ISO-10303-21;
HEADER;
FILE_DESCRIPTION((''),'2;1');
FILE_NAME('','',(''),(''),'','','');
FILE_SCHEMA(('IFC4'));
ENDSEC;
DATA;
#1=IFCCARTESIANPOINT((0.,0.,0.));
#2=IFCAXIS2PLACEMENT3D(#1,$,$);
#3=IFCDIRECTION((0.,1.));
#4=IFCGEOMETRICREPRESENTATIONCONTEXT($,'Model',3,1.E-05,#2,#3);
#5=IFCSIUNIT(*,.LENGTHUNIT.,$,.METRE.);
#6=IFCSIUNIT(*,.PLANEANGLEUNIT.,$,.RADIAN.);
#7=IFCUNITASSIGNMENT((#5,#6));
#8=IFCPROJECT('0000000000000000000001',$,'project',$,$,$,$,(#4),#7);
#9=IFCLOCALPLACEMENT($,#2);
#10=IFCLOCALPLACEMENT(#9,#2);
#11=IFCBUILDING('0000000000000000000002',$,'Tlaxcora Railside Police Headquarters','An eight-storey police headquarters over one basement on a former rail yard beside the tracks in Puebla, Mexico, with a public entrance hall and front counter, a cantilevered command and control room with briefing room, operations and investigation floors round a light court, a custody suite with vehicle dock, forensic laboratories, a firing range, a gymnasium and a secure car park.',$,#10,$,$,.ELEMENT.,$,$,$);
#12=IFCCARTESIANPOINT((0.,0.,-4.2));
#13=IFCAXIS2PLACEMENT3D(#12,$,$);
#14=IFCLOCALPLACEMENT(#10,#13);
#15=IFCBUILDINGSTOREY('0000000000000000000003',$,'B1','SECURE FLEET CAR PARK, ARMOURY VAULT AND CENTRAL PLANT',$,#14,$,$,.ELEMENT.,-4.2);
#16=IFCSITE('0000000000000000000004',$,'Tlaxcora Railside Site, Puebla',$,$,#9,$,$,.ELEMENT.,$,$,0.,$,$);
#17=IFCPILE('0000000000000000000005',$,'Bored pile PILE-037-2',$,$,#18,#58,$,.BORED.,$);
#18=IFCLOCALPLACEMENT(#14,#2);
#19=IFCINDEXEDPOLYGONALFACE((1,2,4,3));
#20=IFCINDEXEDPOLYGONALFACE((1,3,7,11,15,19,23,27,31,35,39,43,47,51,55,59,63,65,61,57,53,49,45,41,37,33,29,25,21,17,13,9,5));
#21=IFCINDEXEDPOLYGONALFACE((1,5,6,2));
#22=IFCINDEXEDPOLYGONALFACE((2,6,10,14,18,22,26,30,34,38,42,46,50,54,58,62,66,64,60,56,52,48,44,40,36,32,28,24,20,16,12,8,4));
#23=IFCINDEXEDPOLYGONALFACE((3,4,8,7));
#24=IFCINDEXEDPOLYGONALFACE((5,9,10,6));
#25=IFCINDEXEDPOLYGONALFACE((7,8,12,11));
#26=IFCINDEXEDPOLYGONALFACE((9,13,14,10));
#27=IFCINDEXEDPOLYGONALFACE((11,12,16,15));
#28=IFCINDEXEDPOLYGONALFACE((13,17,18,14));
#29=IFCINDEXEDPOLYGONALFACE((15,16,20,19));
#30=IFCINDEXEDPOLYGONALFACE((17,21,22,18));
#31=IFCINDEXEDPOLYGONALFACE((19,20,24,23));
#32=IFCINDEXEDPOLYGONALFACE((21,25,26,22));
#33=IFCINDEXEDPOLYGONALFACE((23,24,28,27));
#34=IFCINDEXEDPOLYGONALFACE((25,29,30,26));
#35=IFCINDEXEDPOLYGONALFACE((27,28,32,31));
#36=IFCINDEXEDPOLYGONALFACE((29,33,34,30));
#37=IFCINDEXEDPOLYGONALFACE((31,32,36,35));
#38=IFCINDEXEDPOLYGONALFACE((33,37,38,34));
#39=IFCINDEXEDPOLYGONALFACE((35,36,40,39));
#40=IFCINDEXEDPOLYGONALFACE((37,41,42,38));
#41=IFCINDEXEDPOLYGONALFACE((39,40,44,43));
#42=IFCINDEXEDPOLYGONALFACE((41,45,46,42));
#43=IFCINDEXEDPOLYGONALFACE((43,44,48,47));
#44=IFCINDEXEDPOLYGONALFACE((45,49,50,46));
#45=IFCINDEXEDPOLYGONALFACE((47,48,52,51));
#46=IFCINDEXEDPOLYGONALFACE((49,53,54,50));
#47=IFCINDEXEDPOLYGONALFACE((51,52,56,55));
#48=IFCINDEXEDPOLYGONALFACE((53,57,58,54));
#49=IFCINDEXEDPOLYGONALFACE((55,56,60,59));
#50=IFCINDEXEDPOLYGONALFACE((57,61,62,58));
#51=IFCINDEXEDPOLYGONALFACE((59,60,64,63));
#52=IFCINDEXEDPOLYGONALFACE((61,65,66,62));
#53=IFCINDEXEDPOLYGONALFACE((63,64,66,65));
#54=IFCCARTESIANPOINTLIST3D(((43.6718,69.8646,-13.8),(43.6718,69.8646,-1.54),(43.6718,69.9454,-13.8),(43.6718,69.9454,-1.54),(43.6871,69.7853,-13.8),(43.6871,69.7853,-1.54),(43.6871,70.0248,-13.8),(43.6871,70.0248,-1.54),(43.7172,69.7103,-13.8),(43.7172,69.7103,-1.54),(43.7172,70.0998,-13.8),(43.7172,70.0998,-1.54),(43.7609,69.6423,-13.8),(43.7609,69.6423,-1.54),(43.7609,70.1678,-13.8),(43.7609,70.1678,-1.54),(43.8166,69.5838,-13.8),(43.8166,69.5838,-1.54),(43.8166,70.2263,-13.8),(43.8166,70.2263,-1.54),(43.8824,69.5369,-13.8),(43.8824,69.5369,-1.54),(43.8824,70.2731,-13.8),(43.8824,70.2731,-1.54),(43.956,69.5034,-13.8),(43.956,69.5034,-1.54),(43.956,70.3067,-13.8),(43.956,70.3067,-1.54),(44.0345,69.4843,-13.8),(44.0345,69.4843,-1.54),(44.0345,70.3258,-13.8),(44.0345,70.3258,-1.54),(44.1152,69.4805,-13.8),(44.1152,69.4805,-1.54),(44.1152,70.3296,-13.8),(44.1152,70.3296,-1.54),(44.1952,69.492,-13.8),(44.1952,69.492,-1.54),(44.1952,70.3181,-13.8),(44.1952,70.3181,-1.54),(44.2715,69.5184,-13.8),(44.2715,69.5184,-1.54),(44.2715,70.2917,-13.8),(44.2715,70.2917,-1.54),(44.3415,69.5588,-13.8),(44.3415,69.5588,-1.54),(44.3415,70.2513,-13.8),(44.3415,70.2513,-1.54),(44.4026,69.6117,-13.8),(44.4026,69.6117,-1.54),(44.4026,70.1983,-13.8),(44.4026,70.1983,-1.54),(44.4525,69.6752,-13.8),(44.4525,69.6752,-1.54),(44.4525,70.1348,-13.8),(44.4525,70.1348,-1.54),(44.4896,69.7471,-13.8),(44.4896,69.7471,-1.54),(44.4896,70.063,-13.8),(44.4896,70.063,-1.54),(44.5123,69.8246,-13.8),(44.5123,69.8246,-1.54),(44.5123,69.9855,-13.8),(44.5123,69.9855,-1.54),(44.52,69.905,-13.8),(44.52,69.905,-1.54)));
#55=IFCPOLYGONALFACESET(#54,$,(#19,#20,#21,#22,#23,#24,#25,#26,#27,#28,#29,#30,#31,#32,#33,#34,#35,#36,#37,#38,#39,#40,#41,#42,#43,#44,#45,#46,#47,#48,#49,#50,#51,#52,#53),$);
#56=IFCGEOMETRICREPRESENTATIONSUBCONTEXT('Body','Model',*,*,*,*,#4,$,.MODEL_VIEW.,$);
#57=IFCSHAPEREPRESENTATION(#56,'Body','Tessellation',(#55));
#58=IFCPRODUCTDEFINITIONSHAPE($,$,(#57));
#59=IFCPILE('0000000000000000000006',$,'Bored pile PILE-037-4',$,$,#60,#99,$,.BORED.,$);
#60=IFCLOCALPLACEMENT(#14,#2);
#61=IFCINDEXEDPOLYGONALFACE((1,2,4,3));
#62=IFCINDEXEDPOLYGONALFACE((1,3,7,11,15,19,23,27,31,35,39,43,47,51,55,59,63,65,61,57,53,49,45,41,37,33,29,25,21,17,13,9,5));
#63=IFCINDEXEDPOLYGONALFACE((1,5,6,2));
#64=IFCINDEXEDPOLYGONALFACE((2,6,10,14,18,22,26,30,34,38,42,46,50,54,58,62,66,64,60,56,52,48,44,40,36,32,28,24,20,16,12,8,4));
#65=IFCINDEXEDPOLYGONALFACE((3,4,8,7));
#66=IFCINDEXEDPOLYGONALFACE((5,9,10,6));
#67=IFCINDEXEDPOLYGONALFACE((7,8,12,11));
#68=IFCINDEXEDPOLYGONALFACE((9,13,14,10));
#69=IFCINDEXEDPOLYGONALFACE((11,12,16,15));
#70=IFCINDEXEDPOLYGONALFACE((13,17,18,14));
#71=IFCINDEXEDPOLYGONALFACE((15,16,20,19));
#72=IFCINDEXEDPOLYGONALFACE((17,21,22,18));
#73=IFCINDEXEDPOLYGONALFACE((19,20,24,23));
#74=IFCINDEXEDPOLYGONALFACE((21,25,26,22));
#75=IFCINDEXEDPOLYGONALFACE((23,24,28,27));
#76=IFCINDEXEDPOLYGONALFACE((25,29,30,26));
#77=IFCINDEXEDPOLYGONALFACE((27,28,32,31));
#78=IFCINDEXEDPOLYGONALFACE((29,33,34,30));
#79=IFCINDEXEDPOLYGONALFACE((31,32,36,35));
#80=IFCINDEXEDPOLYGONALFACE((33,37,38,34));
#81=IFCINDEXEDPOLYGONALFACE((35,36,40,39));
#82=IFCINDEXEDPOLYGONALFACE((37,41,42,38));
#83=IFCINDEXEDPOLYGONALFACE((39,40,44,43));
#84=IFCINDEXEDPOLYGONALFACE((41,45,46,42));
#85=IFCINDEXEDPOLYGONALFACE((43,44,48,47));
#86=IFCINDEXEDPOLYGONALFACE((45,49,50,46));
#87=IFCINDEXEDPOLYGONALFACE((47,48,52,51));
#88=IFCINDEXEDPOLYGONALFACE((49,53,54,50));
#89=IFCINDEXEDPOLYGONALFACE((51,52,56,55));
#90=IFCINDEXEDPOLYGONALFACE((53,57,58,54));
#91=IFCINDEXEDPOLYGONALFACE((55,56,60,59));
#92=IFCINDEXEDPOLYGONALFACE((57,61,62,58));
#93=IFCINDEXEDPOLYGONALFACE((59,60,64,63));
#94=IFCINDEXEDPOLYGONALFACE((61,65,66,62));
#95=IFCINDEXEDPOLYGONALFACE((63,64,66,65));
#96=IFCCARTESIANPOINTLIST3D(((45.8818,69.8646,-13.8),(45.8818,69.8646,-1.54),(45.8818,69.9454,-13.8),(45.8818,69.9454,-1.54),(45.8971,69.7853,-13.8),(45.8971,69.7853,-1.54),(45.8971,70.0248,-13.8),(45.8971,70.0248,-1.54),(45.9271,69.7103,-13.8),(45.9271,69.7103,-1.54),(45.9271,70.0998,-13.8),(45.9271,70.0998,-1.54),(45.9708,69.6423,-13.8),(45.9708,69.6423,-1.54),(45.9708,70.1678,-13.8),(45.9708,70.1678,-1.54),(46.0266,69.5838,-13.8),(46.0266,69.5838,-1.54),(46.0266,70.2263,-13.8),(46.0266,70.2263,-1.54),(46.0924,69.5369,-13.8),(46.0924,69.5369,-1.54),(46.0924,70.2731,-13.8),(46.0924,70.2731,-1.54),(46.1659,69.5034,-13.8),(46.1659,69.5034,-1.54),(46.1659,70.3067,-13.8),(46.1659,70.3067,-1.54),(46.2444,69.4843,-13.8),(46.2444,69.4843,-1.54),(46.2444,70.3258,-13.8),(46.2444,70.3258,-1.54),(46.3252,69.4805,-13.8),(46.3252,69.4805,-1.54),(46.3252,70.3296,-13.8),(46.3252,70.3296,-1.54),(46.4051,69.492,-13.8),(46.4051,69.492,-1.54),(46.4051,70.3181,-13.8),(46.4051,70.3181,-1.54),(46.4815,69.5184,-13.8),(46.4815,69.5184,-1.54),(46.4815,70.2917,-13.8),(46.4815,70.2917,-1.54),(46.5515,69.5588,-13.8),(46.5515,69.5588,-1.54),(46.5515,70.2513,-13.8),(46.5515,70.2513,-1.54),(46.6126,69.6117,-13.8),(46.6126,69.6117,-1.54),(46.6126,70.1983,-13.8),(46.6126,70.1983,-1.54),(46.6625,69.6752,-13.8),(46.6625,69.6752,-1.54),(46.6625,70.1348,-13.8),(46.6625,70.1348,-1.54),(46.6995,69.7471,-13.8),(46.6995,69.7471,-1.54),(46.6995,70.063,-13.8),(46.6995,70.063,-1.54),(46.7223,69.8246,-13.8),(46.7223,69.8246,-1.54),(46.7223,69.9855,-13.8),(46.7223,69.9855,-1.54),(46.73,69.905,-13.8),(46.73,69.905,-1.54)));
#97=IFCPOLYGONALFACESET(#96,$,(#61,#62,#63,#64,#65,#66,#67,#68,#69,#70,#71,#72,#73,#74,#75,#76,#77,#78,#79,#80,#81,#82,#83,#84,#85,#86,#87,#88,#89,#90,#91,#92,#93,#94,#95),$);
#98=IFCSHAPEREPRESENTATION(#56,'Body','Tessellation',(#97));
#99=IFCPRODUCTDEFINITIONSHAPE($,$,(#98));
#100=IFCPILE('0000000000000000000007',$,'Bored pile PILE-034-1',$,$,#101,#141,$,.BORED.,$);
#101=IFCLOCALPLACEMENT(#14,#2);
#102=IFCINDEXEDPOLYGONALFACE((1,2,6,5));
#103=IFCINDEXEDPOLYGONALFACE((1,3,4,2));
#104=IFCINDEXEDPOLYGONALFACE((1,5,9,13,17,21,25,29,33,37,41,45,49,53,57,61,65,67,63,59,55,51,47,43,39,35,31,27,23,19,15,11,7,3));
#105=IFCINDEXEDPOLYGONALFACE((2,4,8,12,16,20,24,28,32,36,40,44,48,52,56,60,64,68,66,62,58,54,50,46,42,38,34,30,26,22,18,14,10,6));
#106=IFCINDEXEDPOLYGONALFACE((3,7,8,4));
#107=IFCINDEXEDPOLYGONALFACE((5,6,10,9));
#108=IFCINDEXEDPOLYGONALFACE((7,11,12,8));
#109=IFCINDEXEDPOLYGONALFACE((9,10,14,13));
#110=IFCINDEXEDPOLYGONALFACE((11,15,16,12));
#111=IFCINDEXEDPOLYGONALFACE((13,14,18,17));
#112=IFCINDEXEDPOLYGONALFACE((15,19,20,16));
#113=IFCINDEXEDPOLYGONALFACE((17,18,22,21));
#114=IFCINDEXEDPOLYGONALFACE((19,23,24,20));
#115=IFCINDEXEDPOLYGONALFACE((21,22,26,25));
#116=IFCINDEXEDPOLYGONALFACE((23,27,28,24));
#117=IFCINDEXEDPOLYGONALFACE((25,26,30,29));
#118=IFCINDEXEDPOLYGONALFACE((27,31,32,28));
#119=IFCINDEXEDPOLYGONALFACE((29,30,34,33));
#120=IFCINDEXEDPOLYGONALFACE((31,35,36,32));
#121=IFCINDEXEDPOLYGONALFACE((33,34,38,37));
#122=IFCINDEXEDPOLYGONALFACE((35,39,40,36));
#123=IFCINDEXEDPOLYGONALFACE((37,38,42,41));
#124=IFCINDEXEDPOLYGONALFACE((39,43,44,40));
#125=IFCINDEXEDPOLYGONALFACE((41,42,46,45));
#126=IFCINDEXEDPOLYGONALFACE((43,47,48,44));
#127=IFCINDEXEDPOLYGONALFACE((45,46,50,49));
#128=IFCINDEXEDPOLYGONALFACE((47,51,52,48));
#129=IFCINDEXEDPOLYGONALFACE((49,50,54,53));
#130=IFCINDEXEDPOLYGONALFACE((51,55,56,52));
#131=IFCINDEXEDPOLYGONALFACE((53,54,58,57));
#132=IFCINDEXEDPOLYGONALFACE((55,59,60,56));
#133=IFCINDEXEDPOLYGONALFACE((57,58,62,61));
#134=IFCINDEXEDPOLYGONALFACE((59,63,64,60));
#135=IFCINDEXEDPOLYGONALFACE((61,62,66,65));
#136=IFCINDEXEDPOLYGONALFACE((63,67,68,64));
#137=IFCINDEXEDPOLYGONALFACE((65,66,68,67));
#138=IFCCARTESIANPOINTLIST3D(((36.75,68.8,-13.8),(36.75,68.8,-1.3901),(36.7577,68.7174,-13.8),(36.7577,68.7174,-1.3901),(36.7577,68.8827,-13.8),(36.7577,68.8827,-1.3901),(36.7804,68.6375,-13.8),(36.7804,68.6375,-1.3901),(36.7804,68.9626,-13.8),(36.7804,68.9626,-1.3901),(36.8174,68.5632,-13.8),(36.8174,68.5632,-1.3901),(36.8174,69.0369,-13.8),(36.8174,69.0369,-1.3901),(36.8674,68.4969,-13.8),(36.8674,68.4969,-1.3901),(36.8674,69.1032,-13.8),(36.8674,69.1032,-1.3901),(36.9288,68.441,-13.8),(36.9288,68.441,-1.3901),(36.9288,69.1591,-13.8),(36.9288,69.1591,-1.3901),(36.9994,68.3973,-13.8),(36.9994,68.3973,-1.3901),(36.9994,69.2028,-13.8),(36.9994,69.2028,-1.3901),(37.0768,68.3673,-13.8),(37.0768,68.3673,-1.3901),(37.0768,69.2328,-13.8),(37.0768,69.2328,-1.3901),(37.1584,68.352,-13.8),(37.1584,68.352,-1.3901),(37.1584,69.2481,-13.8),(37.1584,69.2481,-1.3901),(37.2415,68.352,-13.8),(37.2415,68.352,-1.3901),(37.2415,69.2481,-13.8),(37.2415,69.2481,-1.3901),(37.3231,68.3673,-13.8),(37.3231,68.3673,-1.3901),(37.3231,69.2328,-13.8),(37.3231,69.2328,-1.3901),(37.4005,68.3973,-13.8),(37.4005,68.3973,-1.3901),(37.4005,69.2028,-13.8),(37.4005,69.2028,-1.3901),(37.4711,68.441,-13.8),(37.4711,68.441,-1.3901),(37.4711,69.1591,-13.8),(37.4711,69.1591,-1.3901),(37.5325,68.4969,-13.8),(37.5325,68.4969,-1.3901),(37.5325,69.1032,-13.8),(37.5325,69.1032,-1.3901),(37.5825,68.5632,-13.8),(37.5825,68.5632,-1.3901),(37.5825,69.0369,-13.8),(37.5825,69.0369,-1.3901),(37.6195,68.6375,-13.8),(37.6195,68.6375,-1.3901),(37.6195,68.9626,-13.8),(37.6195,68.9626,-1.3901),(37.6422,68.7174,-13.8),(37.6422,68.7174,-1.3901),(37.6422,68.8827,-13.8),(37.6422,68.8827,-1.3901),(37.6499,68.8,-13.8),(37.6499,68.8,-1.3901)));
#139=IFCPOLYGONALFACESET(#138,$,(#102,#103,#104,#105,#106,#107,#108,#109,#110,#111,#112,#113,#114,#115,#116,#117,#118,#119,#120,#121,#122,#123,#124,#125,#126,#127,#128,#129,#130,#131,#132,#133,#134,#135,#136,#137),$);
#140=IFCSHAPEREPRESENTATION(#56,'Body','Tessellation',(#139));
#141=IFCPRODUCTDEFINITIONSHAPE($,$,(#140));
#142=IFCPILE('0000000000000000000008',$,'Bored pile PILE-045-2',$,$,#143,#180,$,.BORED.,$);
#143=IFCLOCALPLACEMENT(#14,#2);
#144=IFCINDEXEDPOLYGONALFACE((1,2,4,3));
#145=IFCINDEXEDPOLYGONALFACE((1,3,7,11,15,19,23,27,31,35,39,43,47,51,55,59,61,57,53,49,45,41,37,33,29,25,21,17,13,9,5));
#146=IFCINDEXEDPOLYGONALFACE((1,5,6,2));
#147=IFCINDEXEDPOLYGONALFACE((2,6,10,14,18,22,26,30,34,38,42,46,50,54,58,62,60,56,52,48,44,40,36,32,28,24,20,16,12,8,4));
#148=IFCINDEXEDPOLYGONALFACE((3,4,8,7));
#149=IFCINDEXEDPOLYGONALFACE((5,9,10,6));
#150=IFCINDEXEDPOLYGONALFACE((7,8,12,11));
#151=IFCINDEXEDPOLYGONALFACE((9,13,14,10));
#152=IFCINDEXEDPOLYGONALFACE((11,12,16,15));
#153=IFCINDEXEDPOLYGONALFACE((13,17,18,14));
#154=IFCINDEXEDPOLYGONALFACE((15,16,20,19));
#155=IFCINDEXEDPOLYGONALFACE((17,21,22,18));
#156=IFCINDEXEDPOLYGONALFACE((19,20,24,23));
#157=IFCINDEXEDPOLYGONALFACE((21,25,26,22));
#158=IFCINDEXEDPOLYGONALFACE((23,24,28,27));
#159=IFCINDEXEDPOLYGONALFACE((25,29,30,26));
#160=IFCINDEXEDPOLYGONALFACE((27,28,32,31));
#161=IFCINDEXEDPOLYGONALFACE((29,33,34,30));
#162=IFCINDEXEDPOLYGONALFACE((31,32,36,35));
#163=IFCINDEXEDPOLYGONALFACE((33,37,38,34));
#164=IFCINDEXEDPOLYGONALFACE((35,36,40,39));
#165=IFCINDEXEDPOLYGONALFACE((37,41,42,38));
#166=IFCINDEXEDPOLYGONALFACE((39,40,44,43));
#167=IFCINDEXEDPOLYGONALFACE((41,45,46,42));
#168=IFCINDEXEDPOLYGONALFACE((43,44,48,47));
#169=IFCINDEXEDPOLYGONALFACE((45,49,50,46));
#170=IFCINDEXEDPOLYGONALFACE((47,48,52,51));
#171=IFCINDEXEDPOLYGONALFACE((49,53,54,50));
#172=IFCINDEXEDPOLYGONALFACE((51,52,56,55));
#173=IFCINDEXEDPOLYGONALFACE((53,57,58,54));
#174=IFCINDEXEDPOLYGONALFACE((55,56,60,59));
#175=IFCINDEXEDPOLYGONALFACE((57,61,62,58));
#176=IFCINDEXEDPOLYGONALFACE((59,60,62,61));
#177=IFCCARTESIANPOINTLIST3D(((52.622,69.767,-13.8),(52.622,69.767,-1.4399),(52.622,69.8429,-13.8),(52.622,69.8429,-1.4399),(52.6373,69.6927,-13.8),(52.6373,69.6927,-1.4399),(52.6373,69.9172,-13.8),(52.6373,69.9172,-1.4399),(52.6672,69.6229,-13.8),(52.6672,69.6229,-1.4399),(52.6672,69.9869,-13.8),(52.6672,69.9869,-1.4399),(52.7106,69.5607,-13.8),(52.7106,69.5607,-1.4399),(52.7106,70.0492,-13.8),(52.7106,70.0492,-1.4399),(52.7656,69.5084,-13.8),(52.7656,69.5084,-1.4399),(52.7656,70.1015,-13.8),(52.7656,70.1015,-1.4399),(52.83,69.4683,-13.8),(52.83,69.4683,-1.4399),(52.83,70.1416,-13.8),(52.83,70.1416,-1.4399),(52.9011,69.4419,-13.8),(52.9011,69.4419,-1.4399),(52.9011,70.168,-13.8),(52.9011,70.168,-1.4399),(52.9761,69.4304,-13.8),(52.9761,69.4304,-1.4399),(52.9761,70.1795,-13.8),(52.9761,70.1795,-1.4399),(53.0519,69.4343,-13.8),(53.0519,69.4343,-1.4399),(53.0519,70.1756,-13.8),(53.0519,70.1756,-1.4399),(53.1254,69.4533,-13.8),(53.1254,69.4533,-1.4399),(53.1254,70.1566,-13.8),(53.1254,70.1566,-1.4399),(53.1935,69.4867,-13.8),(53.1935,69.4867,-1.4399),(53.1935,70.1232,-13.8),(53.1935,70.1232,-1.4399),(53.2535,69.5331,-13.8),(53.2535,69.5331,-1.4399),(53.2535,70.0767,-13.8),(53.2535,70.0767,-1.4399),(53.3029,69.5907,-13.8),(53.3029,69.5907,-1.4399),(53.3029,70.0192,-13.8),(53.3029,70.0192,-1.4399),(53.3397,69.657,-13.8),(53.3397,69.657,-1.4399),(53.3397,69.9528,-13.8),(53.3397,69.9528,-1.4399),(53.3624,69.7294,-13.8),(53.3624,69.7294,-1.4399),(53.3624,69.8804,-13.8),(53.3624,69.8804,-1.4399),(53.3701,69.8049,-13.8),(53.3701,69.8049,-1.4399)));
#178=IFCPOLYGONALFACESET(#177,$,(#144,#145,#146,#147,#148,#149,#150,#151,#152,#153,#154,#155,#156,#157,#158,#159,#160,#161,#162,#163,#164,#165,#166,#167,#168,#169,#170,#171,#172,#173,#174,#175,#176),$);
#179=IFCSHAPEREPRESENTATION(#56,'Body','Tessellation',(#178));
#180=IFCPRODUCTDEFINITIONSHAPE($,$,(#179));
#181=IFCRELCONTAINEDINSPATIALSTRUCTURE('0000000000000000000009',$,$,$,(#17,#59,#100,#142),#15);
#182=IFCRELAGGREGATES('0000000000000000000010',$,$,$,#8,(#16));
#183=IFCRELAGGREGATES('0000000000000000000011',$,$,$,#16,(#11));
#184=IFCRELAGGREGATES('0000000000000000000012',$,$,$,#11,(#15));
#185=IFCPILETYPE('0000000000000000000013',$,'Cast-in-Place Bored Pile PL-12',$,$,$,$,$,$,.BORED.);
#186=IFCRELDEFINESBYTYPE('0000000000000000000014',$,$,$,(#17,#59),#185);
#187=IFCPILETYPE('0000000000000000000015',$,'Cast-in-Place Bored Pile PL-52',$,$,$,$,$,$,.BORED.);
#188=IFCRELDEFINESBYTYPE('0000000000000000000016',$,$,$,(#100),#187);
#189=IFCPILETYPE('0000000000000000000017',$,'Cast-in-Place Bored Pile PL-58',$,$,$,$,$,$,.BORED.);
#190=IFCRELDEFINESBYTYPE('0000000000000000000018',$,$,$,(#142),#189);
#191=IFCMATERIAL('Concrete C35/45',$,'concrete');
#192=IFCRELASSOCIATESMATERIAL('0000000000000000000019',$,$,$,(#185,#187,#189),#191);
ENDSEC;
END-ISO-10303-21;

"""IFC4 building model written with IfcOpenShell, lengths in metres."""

from ifc_helpers import new_model, si_unit, direction, frame, origin, origin_2d, place, context, subcontext, project, spatial, circle, extrude, material, material_profile, profile_set, type_object, element, save


model = new_model("IFC4")

# Units and contexts
model_context = context("Model", 3, precision=1e-05, world=origin(), true_north=direction((0.0, 1.0)))
body_context = subcontext(model_context, "Body", "Model", "MODEL_VIEW")
ifc_project = project(units=[si_unit("LENGTHUNIT", "METRE"), si_unit("PLANEANGLEUNIT", "RADIAN")], contexts=[model_context])

# Site, building, storey
site_placement = place(None, origin())
site = spatial("IfcSite", under=ifc_project, at=site_placement, Name="Tlaxcora Railside Site, Puebla", CompositionType="ELEMENT", RefElevation=0.0)
building_placement = place(site_placement, origin())
building = spatial("IfcBuilding", under=site, at=building_placement, Name="Tlaxcora Railside Police Headquarters", Description="An eight-storey police headquarters over one basement on a former rail yard beside the tracks in Puebla, Mexico, with a public entrance hall and front counter, a cantilevered command and control room with briefing room, operations and investigation floors round a light court, a custody suite with vehicle dock, forensic laboratories, a firing range, a gymnasium and a secure car park.", CompositionType="ELEMENT")
storey_placement = place(building_placement, frame((0.0, 0.0, -4.2)))
storey = spatial("IfcBuildingStorey", under=building, at=storey_placement, Name="B1", Description="SECURE FLEET CAR PARK, ARMOURY VAULT AND CENTRAL PLANT", CompositionType="ELEMENT", Elevation=-4.2)

# Piles
ifc_material_1 = material(Name="Concrete C35/45", Category="concrete")
ifc_material_profile_1 = material_profile(ifc_material_1, circle(Radius=0.425, at=origin_2d()), Name="PILE850")
ifc_profile_set_1 = profile_set([ifc_material_profile_1], Name="Concrete C35/45")
pile_type_1 = type_object("IfcPileType", Name="Cast-in-Place Bored Pile PL-12", PredefinedType="BORED", material=ifc_profile_set_1)
for number, where, z_axis, x_axis, name in (
    (1, (44.095, 69.905, -1.54), (0.0, 0.0, -1.0), (1.0, 0.0, 0.0), "Bored pile PILE-037-2"),
    (2, (46.3049, 69.905, -1.54), (0.0, 0.0, -1.0), (1.0, 0.0, 0.0), "Bored pile PILE-037-4"),
):
    element("IfcPile", number, at=place(storey_placement, frame(where, z_axis=z_axis, x_axis=x_axis)), inside=storey, type_object=pile_type_1, Name=name, PredefinedType="BORED", context=body_context, shape_type="SweptSolid", body=[
        extrude(circle(Radius=0.425, at=origin_2d()), origin(), (0.0, 0.0, 1.0), 12.26),
    ])
ifc_material_profile_2 = material_profile(ifc_material_1, circle(Radius=0.45, at=origin_2d()), Name="PILE900")
ifc_profile_set_2 = profile_set([ifc_material_profile_2], Name="Concrete C35/45")
pile_type_2 = type_object("IfcPileType", Name="Cast-in-Place Bored Pile PL-52", PredefinedType="BORED", material=ifc_profile_set_2)
pile_1_placement = place(storey_placement, frame((37.2, 68.8, -1.3901), z_axis=(0.0, 0.0, -1.0), x_axis=(1.0, 0.0, 0.0)))
element("IfcPile", 3, at=pile_1_placement, inside=storey, type_object=pile_type_2, Name="Bored pile PILE-034-1", PredefinedType="BORED", context=body_context, shape_type="SweptSolid", body=[
    extrude(circle(Radius=0.45, at=origin_2d()), origin(), (0.0, 0.0, 1.0), 12.4099),
])
ifc_material_profile_3 = material_profile(ifc_material_1, circle(Radius=0.375, at=origin_2d()), Name="PILE750")
ifc_profile_set_3 = profile_set([ifc_material_profile_3], Name="Concrete C35/45")
pile_type_3 = type_object("IfcPileType", Name="Cast-in-Place Bored Pile PL-58", PredefinedType="BORED", material=ifc_profile_set_3)
pile_2_placement = place(storey_placement, frame((52.9951, 69.8049, -1.4399), z_axis=(0.0, 0.0, -1.0), x_axis=(1.0, 0.0, 0.0)))
element("IfcPile", 4, at=pile_2_placement, inside=storey, type_object=pile_type_3, Name="Bored pile PILE-045-2", PredefinedType="BORED", context=body_context, shape_type="SweptSolid", body=[
    extrude(circle(Radius=0.375, at=origin_2d()), origin(), (0.0, 0.0, 1.0), 12.3601),
])

save(model, "model.ifc")
